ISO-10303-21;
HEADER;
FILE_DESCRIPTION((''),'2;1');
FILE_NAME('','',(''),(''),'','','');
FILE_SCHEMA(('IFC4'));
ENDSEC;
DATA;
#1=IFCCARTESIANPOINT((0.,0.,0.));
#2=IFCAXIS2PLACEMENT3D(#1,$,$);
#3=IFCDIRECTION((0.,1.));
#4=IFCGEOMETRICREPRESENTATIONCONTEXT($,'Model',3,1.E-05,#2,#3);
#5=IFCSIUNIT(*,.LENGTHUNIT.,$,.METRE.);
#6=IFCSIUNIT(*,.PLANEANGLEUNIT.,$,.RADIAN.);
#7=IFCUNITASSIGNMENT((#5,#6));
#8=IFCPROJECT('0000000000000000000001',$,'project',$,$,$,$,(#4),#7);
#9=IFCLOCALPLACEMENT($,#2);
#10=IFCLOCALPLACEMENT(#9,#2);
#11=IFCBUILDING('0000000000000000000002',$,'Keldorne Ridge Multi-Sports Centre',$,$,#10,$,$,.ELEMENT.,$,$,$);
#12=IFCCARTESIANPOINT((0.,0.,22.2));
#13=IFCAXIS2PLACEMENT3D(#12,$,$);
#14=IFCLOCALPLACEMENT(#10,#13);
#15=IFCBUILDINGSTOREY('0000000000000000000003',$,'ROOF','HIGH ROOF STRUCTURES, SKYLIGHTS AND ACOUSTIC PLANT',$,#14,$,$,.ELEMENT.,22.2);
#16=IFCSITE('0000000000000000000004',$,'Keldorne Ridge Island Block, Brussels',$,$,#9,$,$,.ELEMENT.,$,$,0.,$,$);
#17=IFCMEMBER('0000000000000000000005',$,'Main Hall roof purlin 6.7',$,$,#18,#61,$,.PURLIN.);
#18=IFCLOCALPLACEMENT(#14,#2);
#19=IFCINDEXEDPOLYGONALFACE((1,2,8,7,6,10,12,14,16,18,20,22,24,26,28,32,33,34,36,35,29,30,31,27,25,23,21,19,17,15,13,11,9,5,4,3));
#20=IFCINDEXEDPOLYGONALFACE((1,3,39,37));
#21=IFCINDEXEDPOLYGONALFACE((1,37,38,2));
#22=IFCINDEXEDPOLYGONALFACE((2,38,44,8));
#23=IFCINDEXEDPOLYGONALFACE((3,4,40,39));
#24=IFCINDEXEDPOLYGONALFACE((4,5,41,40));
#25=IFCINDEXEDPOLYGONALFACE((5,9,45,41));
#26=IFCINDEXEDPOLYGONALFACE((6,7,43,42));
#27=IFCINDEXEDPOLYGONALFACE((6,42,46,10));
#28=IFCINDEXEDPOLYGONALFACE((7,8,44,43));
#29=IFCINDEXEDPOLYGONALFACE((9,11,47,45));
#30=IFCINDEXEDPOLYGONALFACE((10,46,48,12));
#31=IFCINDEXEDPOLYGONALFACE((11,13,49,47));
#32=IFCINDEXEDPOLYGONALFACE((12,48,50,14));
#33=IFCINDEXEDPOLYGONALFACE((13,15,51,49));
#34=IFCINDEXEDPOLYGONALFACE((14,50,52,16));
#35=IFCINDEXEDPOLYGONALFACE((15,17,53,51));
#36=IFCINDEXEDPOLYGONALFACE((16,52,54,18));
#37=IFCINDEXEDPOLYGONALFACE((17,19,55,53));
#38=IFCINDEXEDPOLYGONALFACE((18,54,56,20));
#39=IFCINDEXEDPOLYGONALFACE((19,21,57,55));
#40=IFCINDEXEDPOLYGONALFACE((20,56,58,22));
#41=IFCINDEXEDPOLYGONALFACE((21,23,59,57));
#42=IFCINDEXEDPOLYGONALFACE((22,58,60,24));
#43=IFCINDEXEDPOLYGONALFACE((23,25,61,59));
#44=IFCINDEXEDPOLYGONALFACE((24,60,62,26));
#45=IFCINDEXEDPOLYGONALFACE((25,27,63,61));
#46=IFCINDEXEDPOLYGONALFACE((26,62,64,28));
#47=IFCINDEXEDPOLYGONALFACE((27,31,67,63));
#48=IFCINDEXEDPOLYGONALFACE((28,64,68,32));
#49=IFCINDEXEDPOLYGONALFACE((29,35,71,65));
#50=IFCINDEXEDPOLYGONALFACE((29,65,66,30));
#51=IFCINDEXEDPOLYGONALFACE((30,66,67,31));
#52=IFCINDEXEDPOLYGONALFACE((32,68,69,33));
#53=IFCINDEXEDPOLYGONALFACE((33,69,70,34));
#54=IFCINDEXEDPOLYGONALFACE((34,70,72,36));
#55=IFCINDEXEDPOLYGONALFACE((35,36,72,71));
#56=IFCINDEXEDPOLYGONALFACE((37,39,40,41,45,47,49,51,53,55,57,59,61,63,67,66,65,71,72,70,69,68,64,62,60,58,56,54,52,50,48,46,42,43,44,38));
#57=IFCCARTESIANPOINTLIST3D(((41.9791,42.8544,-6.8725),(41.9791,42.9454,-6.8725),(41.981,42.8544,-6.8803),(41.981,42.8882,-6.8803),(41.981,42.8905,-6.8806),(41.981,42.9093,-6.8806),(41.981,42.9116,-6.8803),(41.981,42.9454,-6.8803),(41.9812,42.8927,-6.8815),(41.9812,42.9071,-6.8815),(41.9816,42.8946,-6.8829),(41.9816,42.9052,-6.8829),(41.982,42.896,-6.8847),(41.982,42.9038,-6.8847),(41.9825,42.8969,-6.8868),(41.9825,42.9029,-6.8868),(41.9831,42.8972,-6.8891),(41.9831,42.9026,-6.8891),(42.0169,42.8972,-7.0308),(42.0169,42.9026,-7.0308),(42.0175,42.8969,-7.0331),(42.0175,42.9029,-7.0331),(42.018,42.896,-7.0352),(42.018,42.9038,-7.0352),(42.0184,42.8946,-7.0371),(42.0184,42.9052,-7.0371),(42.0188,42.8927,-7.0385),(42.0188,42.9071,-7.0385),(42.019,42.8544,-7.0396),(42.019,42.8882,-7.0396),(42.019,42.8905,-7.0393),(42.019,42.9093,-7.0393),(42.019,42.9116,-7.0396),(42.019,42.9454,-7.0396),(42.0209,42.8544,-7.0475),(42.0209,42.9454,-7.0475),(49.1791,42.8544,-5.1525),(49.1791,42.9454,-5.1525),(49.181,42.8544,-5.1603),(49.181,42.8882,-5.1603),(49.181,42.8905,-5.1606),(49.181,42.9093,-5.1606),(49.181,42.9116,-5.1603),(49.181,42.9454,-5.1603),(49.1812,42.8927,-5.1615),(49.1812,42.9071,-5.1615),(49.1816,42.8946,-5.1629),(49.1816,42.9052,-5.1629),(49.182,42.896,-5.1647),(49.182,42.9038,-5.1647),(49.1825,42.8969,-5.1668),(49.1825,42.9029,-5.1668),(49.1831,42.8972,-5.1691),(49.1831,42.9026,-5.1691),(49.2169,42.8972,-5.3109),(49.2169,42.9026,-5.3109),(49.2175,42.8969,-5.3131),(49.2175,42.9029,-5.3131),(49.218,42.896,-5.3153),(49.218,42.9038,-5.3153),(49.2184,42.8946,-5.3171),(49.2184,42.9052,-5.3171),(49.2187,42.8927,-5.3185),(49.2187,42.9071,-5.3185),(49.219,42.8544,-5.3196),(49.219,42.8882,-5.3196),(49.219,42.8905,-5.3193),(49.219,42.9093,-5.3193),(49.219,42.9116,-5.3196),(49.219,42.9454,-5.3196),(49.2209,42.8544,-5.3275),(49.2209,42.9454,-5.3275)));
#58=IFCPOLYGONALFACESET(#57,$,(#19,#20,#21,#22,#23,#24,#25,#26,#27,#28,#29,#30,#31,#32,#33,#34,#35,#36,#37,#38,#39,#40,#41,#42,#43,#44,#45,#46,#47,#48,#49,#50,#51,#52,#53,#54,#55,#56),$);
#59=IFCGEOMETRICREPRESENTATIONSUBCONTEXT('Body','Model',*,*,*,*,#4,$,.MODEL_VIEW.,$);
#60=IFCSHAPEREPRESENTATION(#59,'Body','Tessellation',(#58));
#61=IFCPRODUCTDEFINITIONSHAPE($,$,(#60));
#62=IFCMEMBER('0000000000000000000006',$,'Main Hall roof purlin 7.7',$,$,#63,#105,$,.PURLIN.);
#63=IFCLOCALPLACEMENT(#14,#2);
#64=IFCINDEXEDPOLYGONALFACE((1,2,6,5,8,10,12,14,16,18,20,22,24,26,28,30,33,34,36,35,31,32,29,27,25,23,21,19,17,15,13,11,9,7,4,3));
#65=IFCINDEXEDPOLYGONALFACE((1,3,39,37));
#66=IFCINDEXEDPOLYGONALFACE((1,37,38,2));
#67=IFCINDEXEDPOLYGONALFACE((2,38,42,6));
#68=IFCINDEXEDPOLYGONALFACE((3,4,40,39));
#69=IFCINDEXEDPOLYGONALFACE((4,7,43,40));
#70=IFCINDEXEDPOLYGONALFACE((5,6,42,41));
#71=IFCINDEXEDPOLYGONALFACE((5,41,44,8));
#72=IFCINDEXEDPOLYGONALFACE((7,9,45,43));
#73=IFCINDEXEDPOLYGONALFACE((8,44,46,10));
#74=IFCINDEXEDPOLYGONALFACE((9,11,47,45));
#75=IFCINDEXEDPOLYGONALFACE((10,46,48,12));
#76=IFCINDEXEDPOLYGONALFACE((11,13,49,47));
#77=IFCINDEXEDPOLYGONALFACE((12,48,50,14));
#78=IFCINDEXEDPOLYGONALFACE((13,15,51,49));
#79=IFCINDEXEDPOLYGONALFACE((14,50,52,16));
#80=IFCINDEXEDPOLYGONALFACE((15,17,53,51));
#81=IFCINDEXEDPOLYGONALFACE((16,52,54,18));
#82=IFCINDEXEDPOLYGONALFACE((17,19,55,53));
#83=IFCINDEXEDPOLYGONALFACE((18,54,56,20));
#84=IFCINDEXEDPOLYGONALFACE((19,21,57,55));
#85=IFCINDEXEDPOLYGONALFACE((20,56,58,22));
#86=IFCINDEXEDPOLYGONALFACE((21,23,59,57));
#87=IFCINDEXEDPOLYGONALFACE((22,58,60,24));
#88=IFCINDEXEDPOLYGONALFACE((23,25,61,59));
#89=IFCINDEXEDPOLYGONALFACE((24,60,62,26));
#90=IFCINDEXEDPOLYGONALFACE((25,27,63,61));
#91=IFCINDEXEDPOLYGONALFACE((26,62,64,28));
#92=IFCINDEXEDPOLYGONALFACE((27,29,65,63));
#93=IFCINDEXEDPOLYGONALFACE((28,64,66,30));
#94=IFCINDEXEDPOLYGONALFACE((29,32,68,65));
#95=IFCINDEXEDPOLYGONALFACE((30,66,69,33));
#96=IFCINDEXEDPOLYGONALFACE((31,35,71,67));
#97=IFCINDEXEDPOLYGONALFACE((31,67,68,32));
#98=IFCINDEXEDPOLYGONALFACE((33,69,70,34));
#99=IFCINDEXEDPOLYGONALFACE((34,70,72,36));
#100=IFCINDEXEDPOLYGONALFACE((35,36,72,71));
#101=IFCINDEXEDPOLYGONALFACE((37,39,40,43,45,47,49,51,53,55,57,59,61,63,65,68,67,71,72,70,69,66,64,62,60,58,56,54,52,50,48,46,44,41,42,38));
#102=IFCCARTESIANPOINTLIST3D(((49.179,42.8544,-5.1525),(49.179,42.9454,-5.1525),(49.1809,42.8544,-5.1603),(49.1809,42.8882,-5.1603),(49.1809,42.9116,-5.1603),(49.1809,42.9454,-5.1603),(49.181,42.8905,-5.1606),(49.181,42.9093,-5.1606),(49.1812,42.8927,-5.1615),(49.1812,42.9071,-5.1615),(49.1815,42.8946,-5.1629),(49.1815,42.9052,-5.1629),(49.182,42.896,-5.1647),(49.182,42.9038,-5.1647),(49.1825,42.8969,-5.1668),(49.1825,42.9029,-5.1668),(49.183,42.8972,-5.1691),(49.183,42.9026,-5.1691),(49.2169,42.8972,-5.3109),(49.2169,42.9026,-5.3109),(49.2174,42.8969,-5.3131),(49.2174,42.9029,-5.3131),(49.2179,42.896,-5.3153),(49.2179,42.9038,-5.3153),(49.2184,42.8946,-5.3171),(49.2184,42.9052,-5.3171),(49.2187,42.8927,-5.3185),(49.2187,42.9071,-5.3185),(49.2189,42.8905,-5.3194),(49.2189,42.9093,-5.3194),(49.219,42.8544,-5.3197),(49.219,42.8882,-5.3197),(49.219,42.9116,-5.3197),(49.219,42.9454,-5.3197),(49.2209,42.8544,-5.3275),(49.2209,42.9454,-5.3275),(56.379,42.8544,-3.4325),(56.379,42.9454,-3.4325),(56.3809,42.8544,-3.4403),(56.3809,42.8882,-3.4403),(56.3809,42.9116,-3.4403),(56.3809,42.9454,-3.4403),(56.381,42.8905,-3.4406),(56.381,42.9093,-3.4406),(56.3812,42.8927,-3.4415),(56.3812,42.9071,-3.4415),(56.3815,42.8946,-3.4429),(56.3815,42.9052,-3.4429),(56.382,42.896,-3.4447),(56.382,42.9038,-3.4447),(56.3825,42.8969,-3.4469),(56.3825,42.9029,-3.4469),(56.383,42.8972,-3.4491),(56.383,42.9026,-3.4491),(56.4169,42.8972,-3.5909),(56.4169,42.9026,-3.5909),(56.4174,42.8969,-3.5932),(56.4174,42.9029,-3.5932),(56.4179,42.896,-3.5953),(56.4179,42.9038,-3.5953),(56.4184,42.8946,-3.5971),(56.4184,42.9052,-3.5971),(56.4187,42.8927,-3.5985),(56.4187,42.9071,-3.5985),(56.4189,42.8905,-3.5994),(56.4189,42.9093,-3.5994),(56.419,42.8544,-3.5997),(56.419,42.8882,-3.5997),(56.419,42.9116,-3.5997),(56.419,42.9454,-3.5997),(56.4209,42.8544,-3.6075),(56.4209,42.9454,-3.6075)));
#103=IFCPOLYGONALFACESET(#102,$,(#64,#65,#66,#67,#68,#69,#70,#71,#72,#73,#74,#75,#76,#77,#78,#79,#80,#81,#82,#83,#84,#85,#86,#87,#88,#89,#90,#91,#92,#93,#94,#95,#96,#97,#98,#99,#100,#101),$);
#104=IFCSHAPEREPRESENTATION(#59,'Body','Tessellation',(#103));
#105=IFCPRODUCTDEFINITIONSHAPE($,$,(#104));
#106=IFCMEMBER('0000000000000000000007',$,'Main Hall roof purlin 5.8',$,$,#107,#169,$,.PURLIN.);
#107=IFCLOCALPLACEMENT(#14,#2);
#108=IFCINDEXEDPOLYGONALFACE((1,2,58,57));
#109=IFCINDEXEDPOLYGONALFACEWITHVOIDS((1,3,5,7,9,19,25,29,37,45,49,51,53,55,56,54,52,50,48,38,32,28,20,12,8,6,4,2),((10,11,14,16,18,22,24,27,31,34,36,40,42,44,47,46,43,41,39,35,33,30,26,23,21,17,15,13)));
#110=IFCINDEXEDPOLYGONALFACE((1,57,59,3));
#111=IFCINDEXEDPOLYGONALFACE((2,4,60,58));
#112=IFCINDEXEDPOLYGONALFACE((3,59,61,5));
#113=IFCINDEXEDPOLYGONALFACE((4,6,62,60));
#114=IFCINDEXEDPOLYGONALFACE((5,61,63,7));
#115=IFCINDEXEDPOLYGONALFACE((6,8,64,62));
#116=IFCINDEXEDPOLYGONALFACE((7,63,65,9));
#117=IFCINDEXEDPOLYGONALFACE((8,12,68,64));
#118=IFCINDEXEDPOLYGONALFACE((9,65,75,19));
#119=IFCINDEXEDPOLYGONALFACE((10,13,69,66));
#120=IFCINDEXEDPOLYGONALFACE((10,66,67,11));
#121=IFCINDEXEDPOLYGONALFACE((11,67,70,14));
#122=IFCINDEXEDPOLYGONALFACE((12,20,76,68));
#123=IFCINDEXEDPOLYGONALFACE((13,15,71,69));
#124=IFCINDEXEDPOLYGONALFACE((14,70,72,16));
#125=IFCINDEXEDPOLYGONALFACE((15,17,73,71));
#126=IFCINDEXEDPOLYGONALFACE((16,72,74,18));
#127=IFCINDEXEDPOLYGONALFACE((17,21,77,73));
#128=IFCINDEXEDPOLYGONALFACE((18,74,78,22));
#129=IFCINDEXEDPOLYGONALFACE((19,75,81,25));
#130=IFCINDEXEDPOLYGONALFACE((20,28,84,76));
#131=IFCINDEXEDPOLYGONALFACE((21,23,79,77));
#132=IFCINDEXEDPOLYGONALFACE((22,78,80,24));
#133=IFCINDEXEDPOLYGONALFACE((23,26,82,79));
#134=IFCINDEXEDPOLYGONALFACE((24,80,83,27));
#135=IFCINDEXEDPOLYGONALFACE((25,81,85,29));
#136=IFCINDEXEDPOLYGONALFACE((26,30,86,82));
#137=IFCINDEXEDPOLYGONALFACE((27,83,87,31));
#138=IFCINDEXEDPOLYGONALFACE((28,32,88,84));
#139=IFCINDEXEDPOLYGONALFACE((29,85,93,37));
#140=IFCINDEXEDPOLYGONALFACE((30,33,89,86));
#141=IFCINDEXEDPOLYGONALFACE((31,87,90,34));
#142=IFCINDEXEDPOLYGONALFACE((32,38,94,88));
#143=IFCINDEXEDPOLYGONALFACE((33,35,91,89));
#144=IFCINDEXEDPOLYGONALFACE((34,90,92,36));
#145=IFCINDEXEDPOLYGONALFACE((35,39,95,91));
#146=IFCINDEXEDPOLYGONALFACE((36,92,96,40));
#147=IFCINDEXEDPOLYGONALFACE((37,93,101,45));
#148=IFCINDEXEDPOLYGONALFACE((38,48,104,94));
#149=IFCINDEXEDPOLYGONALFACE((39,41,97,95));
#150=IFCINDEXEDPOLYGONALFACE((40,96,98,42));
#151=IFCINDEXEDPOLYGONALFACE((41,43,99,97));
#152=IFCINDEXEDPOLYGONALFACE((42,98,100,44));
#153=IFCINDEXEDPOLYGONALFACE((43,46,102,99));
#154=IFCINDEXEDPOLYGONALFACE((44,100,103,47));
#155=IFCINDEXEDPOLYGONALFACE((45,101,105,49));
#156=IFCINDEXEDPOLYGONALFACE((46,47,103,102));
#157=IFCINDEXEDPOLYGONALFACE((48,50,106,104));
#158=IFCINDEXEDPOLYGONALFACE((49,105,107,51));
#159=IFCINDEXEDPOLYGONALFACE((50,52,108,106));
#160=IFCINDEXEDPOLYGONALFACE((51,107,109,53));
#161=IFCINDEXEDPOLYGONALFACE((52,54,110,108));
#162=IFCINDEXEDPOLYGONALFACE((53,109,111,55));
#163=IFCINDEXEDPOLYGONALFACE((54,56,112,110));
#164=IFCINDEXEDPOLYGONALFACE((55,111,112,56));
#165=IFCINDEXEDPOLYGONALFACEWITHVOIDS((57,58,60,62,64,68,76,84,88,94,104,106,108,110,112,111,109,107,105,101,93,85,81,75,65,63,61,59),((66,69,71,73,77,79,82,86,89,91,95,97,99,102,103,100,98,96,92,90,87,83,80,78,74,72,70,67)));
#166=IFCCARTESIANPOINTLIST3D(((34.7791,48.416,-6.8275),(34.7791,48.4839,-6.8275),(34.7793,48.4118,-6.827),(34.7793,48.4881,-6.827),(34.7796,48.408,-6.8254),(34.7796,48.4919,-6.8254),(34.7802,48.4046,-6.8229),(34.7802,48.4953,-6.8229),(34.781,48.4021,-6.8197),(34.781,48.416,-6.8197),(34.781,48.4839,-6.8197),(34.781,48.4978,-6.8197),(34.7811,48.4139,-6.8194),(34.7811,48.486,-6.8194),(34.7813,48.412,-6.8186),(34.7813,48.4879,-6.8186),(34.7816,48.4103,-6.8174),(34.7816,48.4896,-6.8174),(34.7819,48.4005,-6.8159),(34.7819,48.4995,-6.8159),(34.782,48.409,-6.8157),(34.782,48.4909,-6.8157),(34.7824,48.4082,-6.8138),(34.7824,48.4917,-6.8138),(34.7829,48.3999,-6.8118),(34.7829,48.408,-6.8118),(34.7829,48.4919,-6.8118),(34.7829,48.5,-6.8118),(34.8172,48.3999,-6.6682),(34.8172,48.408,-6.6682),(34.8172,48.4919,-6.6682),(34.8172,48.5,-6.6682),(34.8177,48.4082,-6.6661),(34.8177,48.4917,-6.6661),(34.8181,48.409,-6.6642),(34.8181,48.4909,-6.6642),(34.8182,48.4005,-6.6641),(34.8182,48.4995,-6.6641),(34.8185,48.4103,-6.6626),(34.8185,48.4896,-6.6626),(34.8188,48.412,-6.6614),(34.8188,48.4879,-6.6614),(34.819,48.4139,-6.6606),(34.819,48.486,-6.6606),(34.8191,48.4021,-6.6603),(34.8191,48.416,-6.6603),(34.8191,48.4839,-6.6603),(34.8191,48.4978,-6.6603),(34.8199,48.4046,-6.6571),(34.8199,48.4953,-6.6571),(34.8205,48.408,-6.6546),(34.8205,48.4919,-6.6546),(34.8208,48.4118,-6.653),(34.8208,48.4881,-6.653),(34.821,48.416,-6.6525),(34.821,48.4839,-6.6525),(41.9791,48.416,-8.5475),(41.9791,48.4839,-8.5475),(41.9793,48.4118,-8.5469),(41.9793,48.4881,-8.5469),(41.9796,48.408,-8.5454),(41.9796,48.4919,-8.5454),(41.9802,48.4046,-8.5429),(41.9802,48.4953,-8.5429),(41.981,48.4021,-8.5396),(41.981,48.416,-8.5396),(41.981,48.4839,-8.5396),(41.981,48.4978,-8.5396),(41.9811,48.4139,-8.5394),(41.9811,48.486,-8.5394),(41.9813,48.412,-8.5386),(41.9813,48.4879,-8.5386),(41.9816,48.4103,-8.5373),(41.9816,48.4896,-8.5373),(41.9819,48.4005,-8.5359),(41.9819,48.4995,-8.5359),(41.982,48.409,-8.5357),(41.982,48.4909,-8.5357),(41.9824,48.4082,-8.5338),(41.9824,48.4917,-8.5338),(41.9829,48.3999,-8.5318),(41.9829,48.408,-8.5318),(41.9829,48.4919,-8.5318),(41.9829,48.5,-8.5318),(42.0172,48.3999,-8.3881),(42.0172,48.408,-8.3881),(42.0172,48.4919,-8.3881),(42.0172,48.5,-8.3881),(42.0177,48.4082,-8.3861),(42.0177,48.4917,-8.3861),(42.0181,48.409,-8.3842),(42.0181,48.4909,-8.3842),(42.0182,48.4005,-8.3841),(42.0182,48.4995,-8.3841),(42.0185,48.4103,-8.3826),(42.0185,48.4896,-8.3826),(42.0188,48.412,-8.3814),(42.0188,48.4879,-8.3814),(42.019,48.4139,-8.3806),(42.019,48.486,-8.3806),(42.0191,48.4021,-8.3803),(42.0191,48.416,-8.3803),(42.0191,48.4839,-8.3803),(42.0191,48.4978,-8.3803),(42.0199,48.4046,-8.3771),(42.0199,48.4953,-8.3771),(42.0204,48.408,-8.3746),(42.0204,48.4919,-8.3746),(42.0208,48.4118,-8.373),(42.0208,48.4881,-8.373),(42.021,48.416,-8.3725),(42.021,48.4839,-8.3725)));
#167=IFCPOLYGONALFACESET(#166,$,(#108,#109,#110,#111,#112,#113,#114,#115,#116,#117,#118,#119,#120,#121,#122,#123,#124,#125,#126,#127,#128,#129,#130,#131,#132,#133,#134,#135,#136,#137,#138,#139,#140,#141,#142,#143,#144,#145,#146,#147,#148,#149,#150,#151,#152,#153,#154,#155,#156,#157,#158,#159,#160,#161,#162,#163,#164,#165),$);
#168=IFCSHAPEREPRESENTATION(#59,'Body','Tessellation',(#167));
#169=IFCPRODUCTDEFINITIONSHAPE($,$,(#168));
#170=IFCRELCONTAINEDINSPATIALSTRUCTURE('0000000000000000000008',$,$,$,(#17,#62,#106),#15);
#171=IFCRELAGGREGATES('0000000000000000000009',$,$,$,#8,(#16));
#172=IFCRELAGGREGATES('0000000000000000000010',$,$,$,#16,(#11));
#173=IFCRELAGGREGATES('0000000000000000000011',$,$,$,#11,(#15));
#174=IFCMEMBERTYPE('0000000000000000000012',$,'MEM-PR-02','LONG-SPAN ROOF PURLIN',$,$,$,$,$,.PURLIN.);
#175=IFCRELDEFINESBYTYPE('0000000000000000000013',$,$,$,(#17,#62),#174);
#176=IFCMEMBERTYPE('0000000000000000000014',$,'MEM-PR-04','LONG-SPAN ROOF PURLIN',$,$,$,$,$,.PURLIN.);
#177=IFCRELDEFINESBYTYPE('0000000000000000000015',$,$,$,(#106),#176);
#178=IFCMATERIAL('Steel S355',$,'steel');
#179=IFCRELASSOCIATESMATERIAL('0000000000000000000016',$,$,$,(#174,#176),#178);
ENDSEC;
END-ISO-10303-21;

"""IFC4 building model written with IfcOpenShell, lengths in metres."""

from ifc_helpers import new_model, si_unit, direction, frame, origin, origin_2d, place, context, subcontext, project, spatial, hollow_rectangle, i_section, extrude, material, material_profile, profile_set, type_object, element, save


model = new_model("IFC4")

# Units and contexts
model_context = context("Model", 3, precision=1e-05, world=origin(), true_north=direction((0.0, 1.0)))
body_context = subcontext(model_context, "Body", "Model", "MODEL_VIEW")
ifc_project = project(units=[si_unit("LENGTHUNIT", "METRE"), si_unit("PLANEANGLEUNIT", "RADIAN")], contexts=[model_context])

# Site, building, storey
site_placement = place(None, origin())
site = spatial("IfcSite", under=ifc_project, at=site_placement, Name="Keldorne Ridge Island Block, Brussels", CompositionType="ELEMENT", RefElevation=0.0)
building_placement = place(site_placement, origin())
building = spatial("IfcBuilding", under=site, at=building_placement, Name="Keldorne Ridge Multi-Sports Centre", CompositionType="ELEMENT")
storey_placement = place(building_placement, frame((0.0, 0.0, 22.2)))
storey = spatial("IfcBuildingStorey", under=building, at=storey_placement, Name="ROOF", Description="HIGH ROOF STRUCTURES, SKYLIGHTS AND ACOUSTIC PLANT", CompositionType="ELEMENT", Elevation=22.2)

# Members
ifc_material = material(Name="Steel S355", Category="steel")
ifc_material_profile_1 = material_profile(ifc_material, i_section(OverallWidth=0.0911, OverallDepth=0.1799, WebThickness=0.0054, FlangeThickness=0.0081, FilletRadius=0.009, at=origin_2d()), Name="IPE 180")
ifc_profile_set_1 = profile_set([ifc_material_profile_1], Name="Steel S355")
member_type_1 = type_object("IfcMemberType", Name="MEM-PR-02", Description="LONG-SPAN ROOF PURLIN", PredefinedType="PURLIN", material=ifc_profile_set_1)
for number, where, z_axis, x_axis, name in (
    (1, (42.0, 42.8999, -6.96), (0.972633, 0.0, 0.232349), (0.0, 1.0, 0.0), "Main Hall roof purlin 6.7"),
    (2, (49.2, 42.8999, -5.24), (0.972633, 0.0, 0.232349), (0.0, 1.0, 0.0), "Main Hall roof purlin 7.7"),
):
    element("IfcMember", number, at=place(storey_placement, frame(where, z_axis=z_axis, x_axis=x_axis)), inside=storey, type_object=member_type_1, Name=name, PredefinedType="PURLIN", context=body_context, shape_type="SweptSolid", body=[
        extrude(i_section(OverallWidth=0.0911, OverallDepth=0.1799, WebThickness=0.0054, FlangeThickness=0.0081, FilletRadius=0.009, at=origin_2d()), origin(), (0.0, 0.0, 1.0), 7.4026),
    ])
ifc_material_profile_2 = material_profile(ifc_material, hollow_rectangle(XDim=0.1001, YDim=0.1799, WallThickness=0.0081, InnerFilletRadius=0.0081, OuterFilletRadius=0.0161, at=origin_2d()), Name="RHS 180x100x8")
ifc_profile_set_2 = profile_set([ifc_material_profile_2], Name="Steel S355")
member_type_2 = type_object("IfcMemberType", Name="MEM-PR-04", Description="LONG-SPAN ROOF PURLIN", PredefinedType="PURLIN", material=ifc_profile_set_2)
for number, where, z_axis, x_axis, name in (
    (3, (34.8, 48.45, -6.74), (0.972633, 0.0, -0.232349), (0.0, 1.0, 0.0), "Main Hall roof purlin 5.8"),
):
    element("IfcMember", number, at=place(storey_placement, frame(where, z_axis=z_axis, x_axis=x_axis)), inside=storey, type_object=member_type_2, Name=name, PredefinedType="PURLIN", context=body_context, shape_type="SweptSolid", body=[
        extrude(hollow_rectangle(XDim=0.1001, YDim=0.1799, WallThickness=0.0081, InnerFilletRadius=0.0081, OuterFilletRadius=0.0161, at=origin_2d()), origin(), (0.0, 0.0, 1.0), 7.4026),
    ])

save(model, "model.ifc")
